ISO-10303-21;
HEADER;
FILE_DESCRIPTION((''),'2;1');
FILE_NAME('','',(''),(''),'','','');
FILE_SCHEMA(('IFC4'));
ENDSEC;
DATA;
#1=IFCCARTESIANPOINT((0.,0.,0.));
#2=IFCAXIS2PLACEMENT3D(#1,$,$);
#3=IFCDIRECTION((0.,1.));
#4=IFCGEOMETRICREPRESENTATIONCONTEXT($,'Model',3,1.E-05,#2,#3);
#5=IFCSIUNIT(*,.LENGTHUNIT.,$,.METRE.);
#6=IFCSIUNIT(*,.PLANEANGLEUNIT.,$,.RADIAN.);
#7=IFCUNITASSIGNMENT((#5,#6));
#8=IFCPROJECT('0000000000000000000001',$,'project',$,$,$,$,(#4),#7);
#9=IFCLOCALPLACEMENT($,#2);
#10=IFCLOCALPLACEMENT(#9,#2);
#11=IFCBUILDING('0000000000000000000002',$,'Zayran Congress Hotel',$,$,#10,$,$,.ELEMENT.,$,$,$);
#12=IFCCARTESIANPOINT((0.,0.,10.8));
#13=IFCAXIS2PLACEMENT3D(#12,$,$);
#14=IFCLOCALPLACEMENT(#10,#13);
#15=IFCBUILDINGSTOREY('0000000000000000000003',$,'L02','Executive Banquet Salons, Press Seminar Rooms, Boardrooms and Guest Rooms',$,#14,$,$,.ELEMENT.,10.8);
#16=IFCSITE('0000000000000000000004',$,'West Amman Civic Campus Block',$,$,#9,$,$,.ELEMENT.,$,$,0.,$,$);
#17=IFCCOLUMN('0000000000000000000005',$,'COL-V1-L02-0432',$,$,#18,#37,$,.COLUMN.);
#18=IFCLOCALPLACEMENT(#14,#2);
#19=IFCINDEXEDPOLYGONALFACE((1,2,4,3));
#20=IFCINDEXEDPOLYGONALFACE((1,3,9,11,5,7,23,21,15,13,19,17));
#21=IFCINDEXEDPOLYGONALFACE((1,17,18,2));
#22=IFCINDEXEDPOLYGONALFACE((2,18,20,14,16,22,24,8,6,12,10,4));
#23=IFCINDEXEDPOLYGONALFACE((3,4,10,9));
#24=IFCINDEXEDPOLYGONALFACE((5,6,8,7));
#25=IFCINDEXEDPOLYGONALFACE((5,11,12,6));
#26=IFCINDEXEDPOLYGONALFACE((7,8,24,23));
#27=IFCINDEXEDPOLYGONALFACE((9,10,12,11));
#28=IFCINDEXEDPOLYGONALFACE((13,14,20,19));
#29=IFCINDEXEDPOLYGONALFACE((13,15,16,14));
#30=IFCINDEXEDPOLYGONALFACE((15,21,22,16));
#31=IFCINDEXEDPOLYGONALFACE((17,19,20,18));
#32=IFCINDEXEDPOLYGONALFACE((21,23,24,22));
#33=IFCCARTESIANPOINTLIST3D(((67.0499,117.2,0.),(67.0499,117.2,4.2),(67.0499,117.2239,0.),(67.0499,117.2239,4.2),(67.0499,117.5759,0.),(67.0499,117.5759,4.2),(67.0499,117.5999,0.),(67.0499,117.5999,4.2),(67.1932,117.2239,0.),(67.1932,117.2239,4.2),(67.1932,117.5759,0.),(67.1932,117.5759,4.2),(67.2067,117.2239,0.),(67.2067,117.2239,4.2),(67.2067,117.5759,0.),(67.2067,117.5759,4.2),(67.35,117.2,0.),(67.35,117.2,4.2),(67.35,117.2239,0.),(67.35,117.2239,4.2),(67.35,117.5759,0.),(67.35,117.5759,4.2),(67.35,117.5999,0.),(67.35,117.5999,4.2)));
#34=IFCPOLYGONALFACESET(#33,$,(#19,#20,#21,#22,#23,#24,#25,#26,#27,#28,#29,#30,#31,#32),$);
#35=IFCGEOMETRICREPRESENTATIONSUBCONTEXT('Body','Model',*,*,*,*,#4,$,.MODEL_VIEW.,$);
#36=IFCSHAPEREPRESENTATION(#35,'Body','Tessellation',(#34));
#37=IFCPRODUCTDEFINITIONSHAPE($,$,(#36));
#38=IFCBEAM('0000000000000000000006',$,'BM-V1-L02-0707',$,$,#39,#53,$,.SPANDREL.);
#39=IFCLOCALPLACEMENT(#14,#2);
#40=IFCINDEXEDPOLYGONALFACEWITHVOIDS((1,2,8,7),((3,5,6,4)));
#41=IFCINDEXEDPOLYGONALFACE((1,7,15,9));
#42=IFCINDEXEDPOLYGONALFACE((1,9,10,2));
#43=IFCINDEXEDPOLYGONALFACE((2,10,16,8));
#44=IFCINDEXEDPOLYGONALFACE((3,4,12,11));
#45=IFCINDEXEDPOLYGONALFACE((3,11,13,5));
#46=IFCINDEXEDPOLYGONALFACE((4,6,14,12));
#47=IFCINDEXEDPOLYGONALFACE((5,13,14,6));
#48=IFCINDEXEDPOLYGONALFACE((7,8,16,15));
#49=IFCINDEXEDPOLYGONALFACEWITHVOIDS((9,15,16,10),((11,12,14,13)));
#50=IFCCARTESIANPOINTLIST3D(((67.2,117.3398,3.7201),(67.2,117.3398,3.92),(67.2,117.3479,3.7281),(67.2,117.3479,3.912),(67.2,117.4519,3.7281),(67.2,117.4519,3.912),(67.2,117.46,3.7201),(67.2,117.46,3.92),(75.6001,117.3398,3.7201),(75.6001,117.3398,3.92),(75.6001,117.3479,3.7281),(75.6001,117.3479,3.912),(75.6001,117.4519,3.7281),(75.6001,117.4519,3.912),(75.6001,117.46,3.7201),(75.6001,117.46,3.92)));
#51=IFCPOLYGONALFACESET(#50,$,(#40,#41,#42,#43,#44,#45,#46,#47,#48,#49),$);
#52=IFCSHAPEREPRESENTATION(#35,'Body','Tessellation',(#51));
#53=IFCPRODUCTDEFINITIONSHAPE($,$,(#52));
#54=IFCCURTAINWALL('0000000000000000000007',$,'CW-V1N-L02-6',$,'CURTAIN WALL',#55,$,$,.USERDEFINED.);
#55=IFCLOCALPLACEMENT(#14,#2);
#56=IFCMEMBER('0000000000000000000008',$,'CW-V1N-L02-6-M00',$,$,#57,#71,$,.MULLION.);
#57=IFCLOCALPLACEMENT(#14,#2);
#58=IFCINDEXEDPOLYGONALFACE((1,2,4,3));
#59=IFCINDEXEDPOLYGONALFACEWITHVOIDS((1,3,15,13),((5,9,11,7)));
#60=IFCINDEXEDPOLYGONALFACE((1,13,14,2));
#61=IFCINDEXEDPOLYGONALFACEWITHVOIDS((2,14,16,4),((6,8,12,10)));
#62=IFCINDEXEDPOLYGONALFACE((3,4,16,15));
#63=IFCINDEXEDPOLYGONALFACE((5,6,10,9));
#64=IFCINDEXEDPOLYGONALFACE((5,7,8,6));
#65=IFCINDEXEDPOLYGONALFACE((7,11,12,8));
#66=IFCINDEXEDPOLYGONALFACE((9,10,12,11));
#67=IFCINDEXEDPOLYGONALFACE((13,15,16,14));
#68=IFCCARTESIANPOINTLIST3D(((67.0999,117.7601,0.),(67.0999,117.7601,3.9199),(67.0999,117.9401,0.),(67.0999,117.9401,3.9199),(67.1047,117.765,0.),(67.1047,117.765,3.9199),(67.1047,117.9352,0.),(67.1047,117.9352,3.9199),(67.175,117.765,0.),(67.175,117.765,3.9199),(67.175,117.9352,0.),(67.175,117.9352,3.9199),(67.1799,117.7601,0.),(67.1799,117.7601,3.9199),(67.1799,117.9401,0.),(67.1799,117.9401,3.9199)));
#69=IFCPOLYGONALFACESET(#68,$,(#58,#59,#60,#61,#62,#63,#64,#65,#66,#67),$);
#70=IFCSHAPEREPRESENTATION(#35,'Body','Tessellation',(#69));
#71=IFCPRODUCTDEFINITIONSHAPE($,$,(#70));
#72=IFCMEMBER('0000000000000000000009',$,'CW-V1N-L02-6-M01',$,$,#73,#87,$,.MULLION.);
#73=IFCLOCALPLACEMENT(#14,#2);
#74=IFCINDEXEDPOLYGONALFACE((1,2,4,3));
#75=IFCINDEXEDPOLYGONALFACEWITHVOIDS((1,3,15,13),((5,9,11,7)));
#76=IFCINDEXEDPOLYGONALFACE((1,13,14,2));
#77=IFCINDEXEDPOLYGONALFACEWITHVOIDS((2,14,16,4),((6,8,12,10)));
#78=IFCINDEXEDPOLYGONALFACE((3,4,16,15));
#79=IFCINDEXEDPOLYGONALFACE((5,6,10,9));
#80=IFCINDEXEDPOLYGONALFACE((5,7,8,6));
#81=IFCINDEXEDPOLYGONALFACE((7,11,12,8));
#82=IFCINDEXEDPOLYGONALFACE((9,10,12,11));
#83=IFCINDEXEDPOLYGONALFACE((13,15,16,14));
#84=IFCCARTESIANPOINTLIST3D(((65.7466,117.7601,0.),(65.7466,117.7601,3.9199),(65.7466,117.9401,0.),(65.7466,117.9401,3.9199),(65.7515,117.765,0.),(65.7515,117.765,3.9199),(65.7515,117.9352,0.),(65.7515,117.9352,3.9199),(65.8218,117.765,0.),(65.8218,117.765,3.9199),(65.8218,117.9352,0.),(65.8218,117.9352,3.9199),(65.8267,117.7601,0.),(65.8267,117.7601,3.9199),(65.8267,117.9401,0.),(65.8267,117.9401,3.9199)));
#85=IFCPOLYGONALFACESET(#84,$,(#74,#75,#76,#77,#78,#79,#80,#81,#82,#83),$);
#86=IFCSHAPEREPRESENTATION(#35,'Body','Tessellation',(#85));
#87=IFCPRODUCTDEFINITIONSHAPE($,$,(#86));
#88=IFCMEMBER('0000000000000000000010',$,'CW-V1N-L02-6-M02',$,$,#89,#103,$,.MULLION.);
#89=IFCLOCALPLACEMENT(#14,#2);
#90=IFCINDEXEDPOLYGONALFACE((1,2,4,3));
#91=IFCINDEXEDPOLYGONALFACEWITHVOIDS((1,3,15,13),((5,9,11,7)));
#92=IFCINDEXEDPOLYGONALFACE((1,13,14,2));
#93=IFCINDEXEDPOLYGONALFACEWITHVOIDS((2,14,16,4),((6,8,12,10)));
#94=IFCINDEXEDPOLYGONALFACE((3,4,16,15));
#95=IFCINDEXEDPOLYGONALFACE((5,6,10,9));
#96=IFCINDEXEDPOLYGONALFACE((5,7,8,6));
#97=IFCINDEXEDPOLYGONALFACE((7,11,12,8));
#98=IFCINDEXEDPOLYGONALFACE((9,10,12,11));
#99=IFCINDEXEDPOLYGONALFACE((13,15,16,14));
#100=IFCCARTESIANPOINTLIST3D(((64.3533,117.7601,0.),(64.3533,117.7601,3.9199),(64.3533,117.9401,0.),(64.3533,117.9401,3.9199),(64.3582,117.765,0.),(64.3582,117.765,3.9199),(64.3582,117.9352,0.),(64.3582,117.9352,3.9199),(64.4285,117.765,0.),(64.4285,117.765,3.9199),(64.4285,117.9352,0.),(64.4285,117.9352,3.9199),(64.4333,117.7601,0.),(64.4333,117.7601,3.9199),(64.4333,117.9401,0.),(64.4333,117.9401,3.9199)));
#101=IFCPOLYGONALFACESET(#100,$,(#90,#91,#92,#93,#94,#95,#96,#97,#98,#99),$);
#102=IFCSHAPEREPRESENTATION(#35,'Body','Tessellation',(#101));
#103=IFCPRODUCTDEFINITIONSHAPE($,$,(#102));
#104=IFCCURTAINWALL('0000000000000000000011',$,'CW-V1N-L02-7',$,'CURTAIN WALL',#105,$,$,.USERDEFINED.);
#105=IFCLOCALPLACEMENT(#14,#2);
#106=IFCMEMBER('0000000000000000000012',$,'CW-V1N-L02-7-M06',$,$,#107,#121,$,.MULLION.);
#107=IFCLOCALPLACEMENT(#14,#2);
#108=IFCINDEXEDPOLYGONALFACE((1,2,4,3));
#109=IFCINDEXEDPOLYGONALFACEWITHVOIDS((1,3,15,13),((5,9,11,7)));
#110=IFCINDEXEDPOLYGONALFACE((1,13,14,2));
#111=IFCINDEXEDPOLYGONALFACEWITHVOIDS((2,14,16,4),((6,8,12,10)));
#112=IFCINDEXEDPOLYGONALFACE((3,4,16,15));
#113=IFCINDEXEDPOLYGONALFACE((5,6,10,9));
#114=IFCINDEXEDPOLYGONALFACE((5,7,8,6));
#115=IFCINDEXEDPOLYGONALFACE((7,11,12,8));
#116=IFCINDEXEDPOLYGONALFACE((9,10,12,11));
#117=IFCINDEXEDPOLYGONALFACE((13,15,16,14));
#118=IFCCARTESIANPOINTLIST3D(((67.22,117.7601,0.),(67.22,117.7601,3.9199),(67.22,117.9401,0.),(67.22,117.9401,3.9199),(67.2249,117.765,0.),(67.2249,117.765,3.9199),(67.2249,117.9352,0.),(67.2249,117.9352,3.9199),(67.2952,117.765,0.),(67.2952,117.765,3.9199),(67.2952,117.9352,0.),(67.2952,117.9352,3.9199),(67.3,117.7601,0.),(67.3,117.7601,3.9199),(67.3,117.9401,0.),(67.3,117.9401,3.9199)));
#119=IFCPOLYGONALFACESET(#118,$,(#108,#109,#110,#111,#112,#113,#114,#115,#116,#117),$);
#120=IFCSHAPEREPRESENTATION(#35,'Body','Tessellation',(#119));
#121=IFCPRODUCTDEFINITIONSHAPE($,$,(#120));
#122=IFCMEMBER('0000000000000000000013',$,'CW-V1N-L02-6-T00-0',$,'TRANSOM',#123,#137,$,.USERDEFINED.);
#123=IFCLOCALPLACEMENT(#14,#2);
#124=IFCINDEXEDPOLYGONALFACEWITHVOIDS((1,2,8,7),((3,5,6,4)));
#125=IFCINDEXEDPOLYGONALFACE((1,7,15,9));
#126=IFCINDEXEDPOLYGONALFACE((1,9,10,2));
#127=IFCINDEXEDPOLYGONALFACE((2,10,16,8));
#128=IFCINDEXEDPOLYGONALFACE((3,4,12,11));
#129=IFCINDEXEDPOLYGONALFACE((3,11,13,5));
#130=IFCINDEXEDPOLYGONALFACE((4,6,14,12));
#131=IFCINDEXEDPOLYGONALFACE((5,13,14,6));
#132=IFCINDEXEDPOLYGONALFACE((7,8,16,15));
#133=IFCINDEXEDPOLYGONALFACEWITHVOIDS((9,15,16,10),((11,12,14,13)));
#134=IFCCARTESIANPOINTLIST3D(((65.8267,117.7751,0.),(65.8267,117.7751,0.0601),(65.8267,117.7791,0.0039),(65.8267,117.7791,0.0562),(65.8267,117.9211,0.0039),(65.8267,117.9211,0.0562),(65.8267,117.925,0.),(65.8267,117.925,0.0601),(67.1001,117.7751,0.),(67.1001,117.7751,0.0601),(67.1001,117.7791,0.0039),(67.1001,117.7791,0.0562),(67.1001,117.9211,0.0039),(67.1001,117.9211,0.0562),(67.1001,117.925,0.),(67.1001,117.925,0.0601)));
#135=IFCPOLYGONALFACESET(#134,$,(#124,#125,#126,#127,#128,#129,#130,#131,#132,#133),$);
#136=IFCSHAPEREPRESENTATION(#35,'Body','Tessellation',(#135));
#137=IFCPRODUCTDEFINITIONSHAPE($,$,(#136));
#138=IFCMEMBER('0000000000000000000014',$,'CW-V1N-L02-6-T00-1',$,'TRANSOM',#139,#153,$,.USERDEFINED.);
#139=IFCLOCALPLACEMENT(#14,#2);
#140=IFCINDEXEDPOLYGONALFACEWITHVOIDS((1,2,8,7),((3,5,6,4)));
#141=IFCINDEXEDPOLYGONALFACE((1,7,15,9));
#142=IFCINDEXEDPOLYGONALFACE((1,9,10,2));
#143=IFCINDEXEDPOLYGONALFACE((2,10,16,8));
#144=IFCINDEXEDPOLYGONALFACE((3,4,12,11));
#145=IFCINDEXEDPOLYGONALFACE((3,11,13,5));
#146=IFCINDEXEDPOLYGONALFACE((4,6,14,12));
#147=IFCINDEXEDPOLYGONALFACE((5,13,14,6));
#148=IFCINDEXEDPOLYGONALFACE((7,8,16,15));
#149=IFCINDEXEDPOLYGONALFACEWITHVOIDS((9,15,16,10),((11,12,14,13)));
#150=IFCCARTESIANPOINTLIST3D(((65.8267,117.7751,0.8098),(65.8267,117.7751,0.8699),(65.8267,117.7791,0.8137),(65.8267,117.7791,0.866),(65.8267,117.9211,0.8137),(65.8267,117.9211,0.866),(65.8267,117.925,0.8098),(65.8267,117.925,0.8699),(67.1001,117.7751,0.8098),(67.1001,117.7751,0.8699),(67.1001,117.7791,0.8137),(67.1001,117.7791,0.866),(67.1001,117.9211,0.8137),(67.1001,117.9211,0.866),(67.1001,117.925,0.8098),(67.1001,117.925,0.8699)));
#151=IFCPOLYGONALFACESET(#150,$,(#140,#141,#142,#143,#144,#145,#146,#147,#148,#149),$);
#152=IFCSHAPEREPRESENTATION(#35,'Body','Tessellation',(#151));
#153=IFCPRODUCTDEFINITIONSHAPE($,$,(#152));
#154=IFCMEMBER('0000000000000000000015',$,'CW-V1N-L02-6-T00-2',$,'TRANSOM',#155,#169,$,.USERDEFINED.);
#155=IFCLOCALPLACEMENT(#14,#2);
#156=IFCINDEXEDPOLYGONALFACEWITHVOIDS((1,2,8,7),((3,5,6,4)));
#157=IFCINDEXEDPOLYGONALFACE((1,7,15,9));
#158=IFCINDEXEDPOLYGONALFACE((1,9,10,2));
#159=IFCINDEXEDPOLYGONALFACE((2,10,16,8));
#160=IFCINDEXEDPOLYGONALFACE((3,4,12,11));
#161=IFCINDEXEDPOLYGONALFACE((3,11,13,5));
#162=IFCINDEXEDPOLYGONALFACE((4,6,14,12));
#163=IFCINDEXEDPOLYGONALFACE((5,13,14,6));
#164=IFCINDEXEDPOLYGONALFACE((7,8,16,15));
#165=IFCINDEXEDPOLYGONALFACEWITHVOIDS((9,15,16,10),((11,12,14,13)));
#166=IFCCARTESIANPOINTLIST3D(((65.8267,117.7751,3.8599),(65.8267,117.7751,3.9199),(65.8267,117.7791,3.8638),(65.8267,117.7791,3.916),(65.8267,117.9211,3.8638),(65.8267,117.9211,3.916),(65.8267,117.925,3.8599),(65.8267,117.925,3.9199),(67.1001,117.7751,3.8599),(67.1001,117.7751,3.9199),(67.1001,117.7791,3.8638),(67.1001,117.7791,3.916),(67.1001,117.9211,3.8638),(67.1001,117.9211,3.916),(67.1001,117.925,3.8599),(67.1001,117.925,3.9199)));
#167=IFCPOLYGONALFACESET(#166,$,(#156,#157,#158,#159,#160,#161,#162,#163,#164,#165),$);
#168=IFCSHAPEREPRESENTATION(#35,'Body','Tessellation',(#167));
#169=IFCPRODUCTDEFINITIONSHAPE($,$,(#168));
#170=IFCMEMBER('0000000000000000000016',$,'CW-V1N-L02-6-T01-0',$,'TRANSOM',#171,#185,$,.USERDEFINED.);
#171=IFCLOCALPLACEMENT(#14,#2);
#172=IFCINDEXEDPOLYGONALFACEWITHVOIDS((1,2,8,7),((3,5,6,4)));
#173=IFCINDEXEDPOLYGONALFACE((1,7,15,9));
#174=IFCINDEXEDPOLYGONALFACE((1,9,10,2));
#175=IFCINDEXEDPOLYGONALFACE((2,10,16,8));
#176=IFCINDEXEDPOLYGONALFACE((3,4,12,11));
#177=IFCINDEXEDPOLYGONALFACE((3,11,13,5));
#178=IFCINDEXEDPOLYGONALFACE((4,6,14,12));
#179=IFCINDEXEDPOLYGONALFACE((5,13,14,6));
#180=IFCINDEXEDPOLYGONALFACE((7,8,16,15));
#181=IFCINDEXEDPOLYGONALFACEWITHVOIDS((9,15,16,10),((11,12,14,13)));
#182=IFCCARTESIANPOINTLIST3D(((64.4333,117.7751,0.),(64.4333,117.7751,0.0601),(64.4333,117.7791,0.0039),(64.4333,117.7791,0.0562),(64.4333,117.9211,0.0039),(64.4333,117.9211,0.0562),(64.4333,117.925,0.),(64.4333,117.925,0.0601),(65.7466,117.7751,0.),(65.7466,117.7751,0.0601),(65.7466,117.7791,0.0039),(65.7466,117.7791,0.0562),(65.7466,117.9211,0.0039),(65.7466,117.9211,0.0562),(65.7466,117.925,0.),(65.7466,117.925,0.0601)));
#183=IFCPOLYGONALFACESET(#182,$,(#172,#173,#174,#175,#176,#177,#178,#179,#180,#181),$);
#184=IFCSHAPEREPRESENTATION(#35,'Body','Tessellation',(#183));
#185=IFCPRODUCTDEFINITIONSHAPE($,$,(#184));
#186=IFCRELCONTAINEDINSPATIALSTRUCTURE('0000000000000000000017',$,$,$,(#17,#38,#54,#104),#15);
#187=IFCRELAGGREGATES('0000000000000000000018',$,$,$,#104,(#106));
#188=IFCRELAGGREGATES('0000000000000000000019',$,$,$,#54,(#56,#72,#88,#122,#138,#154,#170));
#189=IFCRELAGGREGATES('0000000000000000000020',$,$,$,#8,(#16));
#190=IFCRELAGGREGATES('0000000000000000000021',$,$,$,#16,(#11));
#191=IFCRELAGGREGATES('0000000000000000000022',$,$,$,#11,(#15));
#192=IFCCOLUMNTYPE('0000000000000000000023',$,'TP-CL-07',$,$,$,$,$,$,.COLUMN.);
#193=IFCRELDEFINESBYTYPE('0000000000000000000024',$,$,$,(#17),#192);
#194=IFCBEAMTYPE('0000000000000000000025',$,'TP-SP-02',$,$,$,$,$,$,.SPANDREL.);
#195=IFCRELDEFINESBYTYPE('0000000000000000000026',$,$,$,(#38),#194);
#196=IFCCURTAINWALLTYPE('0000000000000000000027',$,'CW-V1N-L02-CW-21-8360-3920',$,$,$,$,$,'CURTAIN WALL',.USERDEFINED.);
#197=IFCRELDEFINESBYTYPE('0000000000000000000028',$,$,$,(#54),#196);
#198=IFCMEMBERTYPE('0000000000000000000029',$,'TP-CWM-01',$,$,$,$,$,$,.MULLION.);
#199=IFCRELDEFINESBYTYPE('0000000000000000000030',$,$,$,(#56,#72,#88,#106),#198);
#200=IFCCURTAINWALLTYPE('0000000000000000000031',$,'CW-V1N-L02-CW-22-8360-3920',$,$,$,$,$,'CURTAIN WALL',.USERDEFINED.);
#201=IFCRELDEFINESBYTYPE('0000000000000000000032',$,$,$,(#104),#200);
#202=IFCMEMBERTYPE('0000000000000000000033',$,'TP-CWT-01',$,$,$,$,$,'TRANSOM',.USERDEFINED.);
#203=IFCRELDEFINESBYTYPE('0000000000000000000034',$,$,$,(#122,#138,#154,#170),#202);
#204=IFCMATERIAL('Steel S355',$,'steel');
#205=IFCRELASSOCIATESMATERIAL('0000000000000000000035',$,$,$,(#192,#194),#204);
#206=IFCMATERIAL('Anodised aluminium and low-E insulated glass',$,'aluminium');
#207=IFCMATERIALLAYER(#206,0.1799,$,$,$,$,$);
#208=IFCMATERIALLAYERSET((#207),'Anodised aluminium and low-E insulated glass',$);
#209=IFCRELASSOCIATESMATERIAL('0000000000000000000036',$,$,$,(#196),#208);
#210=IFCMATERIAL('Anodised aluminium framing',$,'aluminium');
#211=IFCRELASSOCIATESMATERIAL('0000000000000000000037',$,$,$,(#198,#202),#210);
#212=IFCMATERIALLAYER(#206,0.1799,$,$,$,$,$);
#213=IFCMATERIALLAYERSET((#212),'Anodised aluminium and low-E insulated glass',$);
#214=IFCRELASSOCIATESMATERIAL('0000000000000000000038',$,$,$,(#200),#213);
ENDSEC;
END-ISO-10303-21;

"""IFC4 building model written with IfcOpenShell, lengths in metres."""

from ifc_helpers import new_model, si_unit, direction, frame, origin, origin_2d, place, context, subcontext, project, spatial, hollow_rectangle, i_section, extrude, material, layer, layer_set, material_profile, profile_set, type_object, element, aggregate, save


model = new_model("IFC4")

# Units and contexts
model_context = context("Model", 3, precision=1e-05, world=origin(), true_north=direction((0.0, 1.0)))
body_context = subcontext(model_context, "Body", "Model", "MODEL_VIEW")
ifc_project = project(units=[si_unit("LENGTHUNIT", "METRE"), si_unit("PLANEANGLEUNIT", "RADIAN")], contexts=[model_context])

# Site, building, storey
site_placement = place(None, origin())
site = spatial("IfcSite", under=ifc_project, at=site_placement, Name="West Amman Civic Campus Block", CompositionType="ELEMENT", RefElevation=0.0)
building_placement = place(site_placement, origin())
building = spatial("IfcBuilding", under=site, at=building_placement, Name="Zayran Congress Hotel", CompositionType="ELEMENT")
storey_placement = place(building_placement, frame((0.0, 0.0, 10.8)))
storey = spatial("IfcBuildingStorey", under=building, at=storey_placement, Name="L02", Description="Executive Banquet Salons, Press Seminar Rooms, Boardrooms and Guest Rooms", CompositionType="ELEMENT", Elevation=10.8)

# Column
ifc_material_1 = material(Name="Steel S355", Category="steel")
ifc_material_profile_1 = material_profile(ifc_material_1, i_section(OverallWidth=0.3, OverallDepth=0.3999, WebThickness=0.0134, FlangeThickness=0.0239, at=origin_2d()), Name="HEB 400")
ifc_profile_set_1 = profile_set([ifc_material_profile_1], Name="Steel S355")
column_type = type_object("IfcColumnType", Name="TP-CL-07", PredefinedType="COLUMN", material=ifc_profile_set_1)
column_placement = place(storey_placement, frame((67.2, 117.3999, 0.0), z_axis=(0.0, 0.0, 1.0), x_axis=(1.0, 0.0, 0.0)))
element("IfcColumn", 1, at=column_placement, inside=storey, type_object=column_type, Name="COL-V1-L02-0432", PredefinedType="COLUMN", context=body_context, shape_type="SweptSolid", body=[
    extrude(i_section(OverallWidth=0.3, OverallDepth=0.3999, WebThickness=0.0134, FlangeThickness=0.0239, at=origin_2d()), origin(), (0.0, 0.0, 1.0), 4.2),
])

# Beam
ifc_material_profile_2 = material_profile(ifc_material_1, hollow_rectangle(XDim=0.1201, YDim=0.2, WallThickness=0.0081, at=origin_2d()), Name="RHS 200x120x8")
ifc_profile_set_2 = profile_set([ifc_material_profile_2], Name="Steel S355")
beam_type = type_object("IfcBeamType", Name="TP-SP-02", PredefinedType="SPANDREL", material=ifc_profile_set_2)
beam_placement = place(storey_placement, frame((67.2, 117.3999, 3.8201), z_axis=(1.0, 0.0, 0.0), x_axis=(0.0, 1.0, 0.0)))
element("IfcBeam", 2, at=beam_placement, inside=storey, type_object=beam_type, Name="BM-V1-L02-0707", PredefinedType="SPANDREL", context=body_context, shape_type="SweptSolid", body=[
    extrude(hollow_rectangle(XDim=0.1201, YDim=0.2, WallThickness=0.0081, at=origin_2d()), origin(), (0.0, 0.0, 1.0), 8.4001),
])

# Curtain wall, members
ifc_material_2 = material(Name="Anodised aluminium and low-E insulated glass", Category="aluminium")
ifc_layer_1 = layer(ifc_material_2, 0.1799)
ifc_layer_set_1 = layer_set([ifc_layer_1], Name="Anodised aluminium and low-E insulated glass")
curtain_wall_type_1 = type_object("IfcCurtainWallType", Name="CW-V1N-L02-CW-21-8360-3920", ElementType="CURTAIN WALL", PredefinedType="USERDEFINED", material=ifc_layer_set_1)
curtain_wall_1_placement = place(storey_placement, origin())
curtain_wall_1 = element("IfcCurtainWall", 3, at=curtain_wall_1_placement, inside=storey, type_object=curtain_wall_type_1, Name="CW-V1N-L02-6", ObjectType="CURTAIN WALL", PredefinedType="USERDEFINED")
ifc_material_3 = material(Name="Anodised aluminium framing", Category="aluminium")
ifc_material_profile_3 = material_profile(ifc_material_3, hollow_rectangle(XDim=0.0801, YDim=0.1799, WallThickness=0.0049, at=origin_2d()), Name="RHS 180x80x5")
ifc_profile_set_3 = profile_set([ifc_material_profile_3], Name="Anodised aluminium framing")
member_type_1 = type_object("IfcMemberType", Name="TP-CWM-01", PredefinedType="MULLION", material=ifc_profile_set_3)
member_1_placement = place(storey_placement, frame((67.1399, 117.8501, 0.0), z_axis=(0.0, 0.0, 1.0), x_axis=(1.0, 0.0, 0.0)))
member_1 = element("IfcMember", 4, at=member_1_placement, type_object=member_type_1, Name="CW-V1N-L02-6-M00", PredefinedType="MULLION", context=body_context, shape_type="SweptSolid", body=[
    extrude(hollow_rectangle(XDim=0.0801, YDim=0.1799, WallThickness=0.0049, at=origin_2d()), origin(), (0.0, 0.0, 1.0), 3.9199),
])
member_2_placement = place(storey_placement, frame((65.7866, 117.8501, 0.0), z_axis=(0.0, 0.0, 1.0), x_axis=(1.0, 0.0, 0.0)))
member_2 = element("IfcMember", 5, at=member_2_placement, type_object=member_type_1, Name="CW-V1N-L02-6-M01", PredefinedType="MULLION", context=body_context, shape_type="SweptSolid", body=[
    extrude(hollow_rectangle(XDim=0.0801, YDim=0.1799, WallThickness=0.0049, at=origin_2d()), origin(), (0.0, 0.0, 1.0), 3.9199),
])
member_3_placement = place(storey_placement, frame((64.3933, 117.8501, 0.0), z_axis=(0.0, 0.0, 1.0), x_axis=(1.0, 0.0, 0.0)))
member_3 = element("IfcMember", 6, at=member_3_placement, type_object=member_type_1, Name="CW-V1N-L02-6-M02", PredefinedType="MULLION", context=body_context, shape_type="SweptSolid", body=[
    extrude(hollow_rectangle(XDim=0.0801, YDim=0.1799, WallThickness=0.0049, at=origin_2d()), origin(), (0.0, 0.0, 1.0), 3.9199),
])

# Curtain wall, member
ifc_layer_2 = layer(ifc_material_2, 0.1799)
ifc_layer_set_2 = layer_set([ifc_layer_2], Name="Anodised aluminium and low-E insulated glass")
curtain_wall_type_2 = type_object("IfcCurtainWallType", Name="CW-V1N-L02-CW-22-8360-3920", ElementType="CURTAIN WALL", PredefinedType="USERDEFINED", material=ifc_layer_set_2)
curtain_wall_2_placement = place(storey_placement, origin())
curtain_wall_2 = element("IfcCurtainWall", 7, at=curtain_wall_2_placement, inside=storey, type_object=curtain_wall_type_2, Name="CW-V1N-L02-7", ObjectType="CURTAIN WALL", PredefinedType="USERDEFINED")
member_4_placement = place(storey_placement, frame((67.26, 117.8501, 0.0), z_axis=(0.0, 0.0, 1.0), x_axis=(1.0, 0.0, 0.0)))
member_4 = element("IfcMember", 8, at=member_4_placement, type_object=member_type_1, Name="CW-V1N-L02-7-M06", PredefinedType="MULLION", context=body_context, shape_type="SweptSolid", body=[
    extrude(hollow_rectangle(XDim=0.0801, YDim=0.1799, WallThickness=0.0049, at=origin_2d()), origin(), (0.0, 0.0, 1.0), 3.9199),
])

# Members
ifc_material_profile_4 = material_profile(ifc_material_3, hollow_rectangle(XDim=0.0601, YDim=0.1499, WallThickness=0.0039, at=origin_2d()), Name="RHS 150x60x4")
ifc_profile_set_4 = profile_set([ifc_material_profile_4], Name="Anodised aluminium framing")
member_type_2 = type_object("IfcMemberType", Name="TP-CWT-01", ElementType="TRANSOM", PredefinedType="USERDEFINED", material=ifc_profile_set_4)
member_5_placement = place(storey_placement, frame((67.1001, 117.8501, 0.03), z_axis=(-1.0, 0.0, 0.0), x_axis=(0.0, 0.0, 1.0)))
member_5 = element("IfcMember", 9, at=member_5_placement, type_object=member_type_2, Name="CW-V1N-L02-6-T00-0", ObjectType="TRANSOM", PredefinedType="USERDEFINED", context=body_context, shape_type="SweptSolid", body=[
    extrude(hollow_rectangle(XDim=0.0601, YDim=0.1499, WallThickness=0.0039, at=origin_2d()), origin(), (0.0, 0.0, 1.0), 1.2734),
])
member_6_placement = place(storey_placement, frame((67.1001, 117.8501, 0.8398), z_axis=(-1.0, 0.0, 0.0), x_axis=(0.0, 0.0, 1.0)))
member_6 = element("IfcMember", 10, at=member_6_placement, type_object=member_type_2, Name="CW-V1N-L02-6-T00-1", ObjectType="TRANSOM", PredefinedType="USERDEFINED", context=body_context, shape_type="SweptSolid", body=[
    extrude(hollow_rectangle(XDim=0.0601, YDim=0.1499, WallThickness=0.0039, at=origin_2d()), origin(), (0.0, 0.0, 1.0), 1.2734),
])
member_7_placement = place(storey_placement, frame((67.1001, 117.8501, 3.8899), z_axis=(-1.0, 0.0, 0.0), x_axis=(0.0, 0.0, 1.0)))
member_7 = element("IfcMember", 11, at=member_7_placement, type_object=member_type_2, Name="CW-V1N-L02-6-T00-2", ObjectType="TRANSOM", PredefinedType="USERDEFINED", context=body_context, shape_type="SweptSolid", body=[
    extrude(hollow_rectangle(XDim=0.0601, YDim=0.1499, WallThickness=0.0039, at=origin_2d()), origin(), (0.0, 0.0, 1.0), 1.2734),
])
member_8_placement = place(storey_placement, frame((65.7466, 117.8501, 0.03), z_axis=(-1.0, 0.0, 0.0), x_axis=(0.0, 0.0, 1.0)))
member_8 = element("IfcMember", 12, at=member_8_placement, type_object=member_type_2, Name="CW-V1N-L02-6-T01-0", ObjectType="TRANSOM", PredefinedType="USERDEFINED", context=body_context, shape_type="SweptSolid", body=[
    extrude(hollow_rectangle(XDim=0.0601, YDim=0.1499, WallThickness=0.0039, at=origin_2d()), origin(), (0.0, 0.0, 1.0), 1.3132),
])

aggregate(curtain_wall_2, [member_4])
aggregate(curtain_wall_1, [member_1, member_2, member_3, member_5, member_6, member_7, member_8])

save(model, "model.ifc")
